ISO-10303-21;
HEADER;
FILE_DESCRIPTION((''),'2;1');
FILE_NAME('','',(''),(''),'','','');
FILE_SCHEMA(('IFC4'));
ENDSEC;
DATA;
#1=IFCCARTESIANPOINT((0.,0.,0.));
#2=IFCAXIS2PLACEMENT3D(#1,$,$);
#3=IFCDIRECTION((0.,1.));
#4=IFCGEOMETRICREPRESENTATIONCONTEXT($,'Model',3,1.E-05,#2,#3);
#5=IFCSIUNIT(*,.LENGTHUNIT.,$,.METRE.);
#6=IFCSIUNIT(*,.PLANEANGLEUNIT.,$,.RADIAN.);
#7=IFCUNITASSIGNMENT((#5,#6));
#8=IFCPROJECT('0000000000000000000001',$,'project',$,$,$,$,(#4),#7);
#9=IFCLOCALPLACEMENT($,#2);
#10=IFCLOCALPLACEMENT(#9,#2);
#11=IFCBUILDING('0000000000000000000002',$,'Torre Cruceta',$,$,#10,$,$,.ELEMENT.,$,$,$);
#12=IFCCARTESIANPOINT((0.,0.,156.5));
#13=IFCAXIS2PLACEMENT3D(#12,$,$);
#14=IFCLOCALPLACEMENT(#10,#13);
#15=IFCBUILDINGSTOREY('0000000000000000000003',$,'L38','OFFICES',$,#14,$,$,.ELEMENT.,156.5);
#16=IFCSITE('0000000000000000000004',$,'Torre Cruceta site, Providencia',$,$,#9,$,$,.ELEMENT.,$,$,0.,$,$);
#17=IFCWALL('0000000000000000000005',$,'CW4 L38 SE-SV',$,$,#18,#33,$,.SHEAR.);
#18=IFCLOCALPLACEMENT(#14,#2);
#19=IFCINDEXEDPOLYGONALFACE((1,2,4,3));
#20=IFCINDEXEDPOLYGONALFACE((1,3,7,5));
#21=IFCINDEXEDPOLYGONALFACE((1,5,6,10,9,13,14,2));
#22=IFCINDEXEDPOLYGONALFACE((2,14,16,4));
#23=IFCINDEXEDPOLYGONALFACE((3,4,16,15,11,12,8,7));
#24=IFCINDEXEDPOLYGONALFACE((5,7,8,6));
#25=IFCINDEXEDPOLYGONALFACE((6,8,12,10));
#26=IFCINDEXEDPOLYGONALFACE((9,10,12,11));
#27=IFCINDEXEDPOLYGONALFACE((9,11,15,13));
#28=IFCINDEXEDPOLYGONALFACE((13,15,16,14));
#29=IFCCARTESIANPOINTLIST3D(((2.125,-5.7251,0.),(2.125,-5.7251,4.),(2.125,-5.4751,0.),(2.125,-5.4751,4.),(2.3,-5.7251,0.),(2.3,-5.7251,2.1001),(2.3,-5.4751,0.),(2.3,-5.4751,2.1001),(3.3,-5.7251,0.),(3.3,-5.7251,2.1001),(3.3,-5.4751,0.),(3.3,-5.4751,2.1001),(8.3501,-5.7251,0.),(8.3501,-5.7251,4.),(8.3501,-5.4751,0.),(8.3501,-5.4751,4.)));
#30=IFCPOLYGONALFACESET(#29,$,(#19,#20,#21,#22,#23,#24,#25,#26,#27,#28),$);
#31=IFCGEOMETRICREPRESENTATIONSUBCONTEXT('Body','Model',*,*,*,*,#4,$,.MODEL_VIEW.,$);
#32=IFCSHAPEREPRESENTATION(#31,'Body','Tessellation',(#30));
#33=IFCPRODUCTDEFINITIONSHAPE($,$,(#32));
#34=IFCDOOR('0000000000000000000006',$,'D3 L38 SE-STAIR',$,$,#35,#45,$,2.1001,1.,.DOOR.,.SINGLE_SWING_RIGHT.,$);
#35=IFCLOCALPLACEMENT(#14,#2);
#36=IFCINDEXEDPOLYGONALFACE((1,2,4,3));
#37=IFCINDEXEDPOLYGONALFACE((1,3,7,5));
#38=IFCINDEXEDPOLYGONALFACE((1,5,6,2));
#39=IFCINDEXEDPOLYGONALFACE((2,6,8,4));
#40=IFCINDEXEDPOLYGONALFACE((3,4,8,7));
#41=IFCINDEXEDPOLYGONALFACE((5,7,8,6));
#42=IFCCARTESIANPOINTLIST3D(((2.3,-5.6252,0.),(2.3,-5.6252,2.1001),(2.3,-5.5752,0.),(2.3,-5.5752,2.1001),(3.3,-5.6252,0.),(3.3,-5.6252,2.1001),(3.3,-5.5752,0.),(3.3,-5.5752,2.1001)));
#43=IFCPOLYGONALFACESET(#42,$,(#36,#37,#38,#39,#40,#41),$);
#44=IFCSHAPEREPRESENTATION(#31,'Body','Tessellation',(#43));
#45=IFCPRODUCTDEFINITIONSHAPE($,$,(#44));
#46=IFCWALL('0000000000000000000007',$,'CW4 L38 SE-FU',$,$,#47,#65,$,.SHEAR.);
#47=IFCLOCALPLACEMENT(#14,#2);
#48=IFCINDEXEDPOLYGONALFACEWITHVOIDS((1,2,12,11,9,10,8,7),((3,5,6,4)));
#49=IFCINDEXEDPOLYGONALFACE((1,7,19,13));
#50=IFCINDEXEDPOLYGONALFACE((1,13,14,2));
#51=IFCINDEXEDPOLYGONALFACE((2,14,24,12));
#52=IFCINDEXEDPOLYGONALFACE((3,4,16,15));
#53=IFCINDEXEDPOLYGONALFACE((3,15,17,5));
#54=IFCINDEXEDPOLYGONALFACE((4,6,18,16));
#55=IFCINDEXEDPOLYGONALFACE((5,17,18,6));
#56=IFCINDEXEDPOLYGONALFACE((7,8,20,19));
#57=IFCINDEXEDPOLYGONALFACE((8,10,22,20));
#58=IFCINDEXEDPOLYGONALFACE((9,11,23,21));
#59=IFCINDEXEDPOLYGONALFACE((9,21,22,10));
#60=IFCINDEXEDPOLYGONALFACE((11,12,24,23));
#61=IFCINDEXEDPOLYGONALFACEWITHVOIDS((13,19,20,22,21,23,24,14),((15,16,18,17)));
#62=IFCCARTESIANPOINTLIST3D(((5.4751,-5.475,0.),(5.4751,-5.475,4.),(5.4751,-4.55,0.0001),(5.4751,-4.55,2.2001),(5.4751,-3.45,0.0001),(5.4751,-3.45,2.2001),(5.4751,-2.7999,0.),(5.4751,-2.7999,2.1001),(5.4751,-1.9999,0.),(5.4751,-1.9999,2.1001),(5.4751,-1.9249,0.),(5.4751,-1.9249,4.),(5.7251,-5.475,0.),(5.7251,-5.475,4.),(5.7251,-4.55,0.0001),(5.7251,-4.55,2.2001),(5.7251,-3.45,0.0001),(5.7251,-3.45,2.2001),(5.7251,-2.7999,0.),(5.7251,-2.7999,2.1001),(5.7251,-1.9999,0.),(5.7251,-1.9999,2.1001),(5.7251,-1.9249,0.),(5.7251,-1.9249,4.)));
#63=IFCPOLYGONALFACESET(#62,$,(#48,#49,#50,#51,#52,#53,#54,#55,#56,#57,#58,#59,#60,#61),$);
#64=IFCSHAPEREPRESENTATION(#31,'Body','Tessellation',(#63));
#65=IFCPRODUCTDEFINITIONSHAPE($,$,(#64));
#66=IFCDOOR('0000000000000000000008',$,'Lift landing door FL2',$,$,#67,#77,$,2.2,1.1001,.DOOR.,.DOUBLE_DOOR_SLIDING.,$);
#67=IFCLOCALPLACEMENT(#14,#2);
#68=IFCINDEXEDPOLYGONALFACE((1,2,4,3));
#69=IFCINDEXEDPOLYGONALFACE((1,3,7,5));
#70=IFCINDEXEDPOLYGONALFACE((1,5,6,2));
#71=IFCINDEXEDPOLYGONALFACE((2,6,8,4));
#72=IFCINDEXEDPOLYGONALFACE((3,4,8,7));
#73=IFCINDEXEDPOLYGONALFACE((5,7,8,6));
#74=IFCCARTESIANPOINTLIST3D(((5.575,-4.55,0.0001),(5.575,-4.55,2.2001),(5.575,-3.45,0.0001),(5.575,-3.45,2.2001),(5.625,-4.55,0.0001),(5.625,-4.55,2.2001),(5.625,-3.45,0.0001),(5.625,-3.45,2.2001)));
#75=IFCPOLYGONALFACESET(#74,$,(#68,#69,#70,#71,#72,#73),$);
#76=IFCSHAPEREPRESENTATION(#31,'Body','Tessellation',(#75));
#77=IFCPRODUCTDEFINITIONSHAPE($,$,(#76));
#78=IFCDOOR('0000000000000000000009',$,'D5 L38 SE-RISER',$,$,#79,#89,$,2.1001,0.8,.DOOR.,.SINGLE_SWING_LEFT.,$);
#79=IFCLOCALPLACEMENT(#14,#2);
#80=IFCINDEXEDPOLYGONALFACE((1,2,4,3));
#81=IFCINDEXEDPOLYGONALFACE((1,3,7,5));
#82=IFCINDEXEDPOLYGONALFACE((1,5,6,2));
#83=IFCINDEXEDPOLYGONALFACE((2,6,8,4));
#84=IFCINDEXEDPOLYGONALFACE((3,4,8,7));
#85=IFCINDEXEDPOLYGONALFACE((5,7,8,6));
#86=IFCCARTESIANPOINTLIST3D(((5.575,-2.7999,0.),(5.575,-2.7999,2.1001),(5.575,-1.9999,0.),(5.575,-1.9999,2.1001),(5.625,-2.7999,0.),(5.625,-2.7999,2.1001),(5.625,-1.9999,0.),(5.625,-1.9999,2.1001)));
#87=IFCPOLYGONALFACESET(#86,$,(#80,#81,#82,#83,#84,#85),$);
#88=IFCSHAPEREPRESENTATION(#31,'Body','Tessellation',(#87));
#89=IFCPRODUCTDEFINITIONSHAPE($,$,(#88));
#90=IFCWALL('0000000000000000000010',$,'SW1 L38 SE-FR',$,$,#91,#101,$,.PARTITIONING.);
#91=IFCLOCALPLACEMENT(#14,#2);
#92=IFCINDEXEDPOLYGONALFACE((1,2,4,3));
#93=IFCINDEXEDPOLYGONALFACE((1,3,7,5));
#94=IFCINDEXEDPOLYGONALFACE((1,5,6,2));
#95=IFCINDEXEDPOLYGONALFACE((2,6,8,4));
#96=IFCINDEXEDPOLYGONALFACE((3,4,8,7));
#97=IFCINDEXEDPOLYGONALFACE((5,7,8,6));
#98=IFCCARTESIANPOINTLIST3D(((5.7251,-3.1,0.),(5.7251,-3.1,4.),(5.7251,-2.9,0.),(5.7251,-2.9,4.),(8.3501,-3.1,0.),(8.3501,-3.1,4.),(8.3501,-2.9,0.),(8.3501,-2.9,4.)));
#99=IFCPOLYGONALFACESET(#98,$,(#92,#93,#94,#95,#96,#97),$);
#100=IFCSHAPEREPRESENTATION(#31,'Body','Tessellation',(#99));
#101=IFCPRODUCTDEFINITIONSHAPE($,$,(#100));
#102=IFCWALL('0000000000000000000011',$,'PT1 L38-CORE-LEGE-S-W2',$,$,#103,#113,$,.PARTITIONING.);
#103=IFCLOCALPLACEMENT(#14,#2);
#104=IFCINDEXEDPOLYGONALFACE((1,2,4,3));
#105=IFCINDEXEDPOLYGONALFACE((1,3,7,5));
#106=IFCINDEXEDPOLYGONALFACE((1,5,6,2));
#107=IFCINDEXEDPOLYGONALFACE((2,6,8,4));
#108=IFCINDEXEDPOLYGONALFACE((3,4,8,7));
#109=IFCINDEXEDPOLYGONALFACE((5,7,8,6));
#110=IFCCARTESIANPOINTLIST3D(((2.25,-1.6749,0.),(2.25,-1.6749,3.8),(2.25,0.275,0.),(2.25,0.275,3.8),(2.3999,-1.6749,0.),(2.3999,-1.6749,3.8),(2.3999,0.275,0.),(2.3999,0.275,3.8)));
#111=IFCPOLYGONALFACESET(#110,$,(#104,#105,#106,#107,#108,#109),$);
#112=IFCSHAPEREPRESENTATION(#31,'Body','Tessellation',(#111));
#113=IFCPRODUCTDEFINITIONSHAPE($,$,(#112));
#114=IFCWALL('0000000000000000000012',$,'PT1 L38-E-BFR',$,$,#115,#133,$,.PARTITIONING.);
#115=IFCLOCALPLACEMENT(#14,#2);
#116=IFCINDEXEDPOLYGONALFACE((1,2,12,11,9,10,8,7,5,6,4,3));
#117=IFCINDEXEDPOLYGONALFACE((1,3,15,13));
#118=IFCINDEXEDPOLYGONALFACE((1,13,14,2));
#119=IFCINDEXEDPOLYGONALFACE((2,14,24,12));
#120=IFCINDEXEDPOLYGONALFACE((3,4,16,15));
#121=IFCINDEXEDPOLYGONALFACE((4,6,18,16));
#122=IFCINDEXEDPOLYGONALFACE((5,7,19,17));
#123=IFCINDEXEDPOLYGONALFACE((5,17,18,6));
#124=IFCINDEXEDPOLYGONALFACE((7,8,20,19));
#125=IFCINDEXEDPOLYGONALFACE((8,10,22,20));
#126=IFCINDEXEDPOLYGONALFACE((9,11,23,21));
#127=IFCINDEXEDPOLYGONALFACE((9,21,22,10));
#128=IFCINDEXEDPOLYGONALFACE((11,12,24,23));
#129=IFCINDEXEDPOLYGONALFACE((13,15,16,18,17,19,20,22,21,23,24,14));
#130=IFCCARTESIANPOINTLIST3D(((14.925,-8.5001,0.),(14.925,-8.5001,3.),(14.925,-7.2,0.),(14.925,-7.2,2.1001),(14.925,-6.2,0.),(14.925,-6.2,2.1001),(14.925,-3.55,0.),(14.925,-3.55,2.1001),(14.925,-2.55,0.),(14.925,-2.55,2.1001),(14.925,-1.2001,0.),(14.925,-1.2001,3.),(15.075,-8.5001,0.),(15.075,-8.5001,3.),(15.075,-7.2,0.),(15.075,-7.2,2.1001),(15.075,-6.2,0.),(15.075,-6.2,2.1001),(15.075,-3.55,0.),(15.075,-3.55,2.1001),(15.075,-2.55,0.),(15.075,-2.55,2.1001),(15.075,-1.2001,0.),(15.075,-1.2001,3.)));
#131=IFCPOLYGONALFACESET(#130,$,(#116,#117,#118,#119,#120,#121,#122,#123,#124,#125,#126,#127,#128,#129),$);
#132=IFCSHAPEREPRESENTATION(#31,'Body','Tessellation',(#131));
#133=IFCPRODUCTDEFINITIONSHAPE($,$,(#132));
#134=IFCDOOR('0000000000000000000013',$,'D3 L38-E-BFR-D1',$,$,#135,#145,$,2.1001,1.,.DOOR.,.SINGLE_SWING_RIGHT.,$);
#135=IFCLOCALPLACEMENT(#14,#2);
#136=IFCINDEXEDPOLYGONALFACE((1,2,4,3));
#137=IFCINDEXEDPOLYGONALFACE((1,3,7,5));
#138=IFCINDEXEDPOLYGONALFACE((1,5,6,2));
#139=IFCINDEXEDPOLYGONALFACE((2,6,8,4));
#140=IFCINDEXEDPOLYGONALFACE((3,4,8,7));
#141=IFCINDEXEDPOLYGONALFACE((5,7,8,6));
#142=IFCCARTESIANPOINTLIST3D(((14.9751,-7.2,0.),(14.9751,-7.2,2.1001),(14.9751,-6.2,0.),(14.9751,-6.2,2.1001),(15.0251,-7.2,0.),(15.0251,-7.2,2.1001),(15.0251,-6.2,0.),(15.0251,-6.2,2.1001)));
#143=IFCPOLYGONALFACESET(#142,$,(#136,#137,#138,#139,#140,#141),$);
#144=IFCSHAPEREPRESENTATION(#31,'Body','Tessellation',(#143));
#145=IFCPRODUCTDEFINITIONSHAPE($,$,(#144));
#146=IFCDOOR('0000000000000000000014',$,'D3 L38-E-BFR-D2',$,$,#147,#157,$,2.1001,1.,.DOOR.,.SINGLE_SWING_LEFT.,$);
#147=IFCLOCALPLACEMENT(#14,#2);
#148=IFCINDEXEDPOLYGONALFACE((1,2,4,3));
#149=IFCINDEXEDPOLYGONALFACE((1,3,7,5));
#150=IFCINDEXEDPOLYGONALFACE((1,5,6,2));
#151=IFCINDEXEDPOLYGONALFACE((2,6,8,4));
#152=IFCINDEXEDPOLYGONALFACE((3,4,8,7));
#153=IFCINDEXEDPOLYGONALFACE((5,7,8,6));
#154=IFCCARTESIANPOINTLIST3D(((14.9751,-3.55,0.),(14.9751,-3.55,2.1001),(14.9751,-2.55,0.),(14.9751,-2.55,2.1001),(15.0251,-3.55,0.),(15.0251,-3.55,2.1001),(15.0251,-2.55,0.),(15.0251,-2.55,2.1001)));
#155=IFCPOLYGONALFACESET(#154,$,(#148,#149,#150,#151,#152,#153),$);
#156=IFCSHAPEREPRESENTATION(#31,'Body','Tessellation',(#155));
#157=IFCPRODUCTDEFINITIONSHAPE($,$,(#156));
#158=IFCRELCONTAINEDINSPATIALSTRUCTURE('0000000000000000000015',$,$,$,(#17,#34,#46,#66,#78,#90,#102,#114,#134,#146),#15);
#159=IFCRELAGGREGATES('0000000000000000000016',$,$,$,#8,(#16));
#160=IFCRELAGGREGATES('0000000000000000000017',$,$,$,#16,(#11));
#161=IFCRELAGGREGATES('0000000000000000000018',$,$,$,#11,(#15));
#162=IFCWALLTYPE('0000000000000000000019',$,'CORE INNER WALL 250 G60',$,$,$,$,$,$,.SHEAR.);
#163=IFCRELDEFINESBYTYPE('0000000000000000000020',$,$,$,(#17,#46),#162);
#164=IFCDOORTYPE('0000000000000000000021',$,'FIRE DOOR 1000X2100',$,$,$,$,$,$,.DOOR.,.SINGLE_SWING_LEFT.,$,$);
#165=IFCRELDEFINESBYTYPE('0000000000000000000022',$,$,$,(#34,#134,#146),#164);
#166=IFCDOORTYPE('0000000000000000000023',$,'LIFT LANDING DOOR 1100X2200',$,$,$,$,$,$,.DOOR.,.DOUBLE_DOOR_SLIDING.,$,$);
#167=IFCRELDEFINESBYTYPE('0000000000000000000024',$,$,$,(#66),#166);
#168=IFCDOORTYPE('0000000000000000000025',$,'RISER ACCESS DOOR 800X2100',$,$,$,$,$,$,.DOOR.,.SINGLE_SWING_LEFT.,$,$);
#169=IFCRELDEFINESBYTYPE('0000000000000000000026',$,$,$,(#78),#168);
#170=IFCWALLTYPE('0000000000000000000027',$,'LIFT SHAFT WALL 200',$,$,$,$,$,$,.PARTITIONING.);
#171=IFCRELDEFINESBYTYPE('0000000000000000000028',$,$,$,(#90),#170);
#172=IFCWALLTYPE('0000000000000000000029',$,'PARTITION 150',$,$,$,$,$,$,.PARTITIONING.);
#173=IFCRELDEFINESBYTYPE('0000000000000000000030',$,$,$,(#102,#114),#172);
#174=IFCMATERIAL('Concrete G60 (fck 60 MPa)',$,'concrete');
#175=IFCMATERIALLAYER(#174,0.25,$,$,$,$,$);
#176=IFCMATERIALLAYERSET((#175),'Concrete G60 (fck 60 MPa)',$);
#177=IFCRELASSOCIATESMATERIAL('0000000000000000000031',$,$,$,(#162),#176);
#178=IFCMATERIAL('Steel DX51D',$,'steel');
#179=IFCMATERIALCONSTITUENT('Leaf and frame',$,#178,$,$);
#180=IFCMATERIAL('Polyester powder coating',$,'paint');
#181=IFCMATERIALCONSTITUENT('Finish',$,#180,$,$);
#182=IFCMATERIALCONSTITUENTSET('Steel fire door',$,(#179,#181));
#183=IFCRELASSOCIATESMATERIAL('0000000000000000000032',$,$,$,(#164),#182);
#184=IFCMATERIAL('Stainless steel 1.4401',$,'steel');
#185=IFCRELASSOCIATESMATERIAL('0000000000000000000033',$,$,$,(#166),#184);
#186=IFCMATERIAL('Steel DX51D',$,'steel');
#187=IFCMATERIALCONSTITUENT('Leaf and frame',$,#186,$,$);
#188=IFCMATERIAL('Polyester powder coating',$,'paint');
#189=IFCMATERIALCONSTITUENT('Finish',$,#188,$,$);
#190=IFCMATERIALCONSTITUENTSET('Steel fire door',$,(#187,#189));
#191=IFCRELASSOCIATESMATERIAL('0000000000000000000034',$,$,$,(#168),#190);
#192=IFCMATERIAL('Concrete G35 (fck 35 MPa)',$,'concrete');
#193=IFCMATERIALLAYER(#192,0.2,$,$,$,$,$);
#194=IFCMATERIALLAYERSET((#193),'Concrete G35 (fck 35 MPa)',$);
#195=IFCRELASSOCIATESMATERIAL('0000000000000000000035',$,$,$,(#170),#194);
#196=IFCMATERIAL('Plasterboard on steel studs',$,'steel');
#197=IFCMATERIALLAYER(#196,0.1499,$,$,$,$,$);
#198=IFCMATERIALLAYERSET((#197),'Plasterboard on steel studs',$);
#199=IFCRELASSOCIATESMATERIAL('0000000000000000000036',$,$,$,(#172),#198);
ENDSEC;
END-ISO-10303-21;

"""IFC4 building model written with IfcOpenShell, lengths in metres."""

from ifc_helpers import new_model, si_unit, direction, frame, frame_2d, origin, place, context, subcontext, project, spatial, rectangle, extrude, material, layer, layer_set, constituent, constituent_set, type_object, element, fill, save


model = new_model("IFC4")

# Units and contexts
model_context = context("Model", 3, precision=1e-05, world=origin(), true_north=direction((0.0, 1.0)))
body_context = subcontext(model_context, "Body", "Model", "MODEL_VIEW")
ifc_project = project(units=[si_unit("LENGTHUNIT", "METRE"), si_unit("PLANEANGLEUNIT", "RADIAN")], contexts=[model_context])

# Site, building, storey
site_placement = place(None, origin())
site = spatial("IfcSite", under=ifc_project, at=site_placement, Name="Torre Cruceta site, Providencia", CompositionType="ELEMENT", RefElevation=0.0)
building_placement = place(site_placement, origin())
building = spatial("IfcBuilding", under=site, at=building_placement, Name="Torre Cruceta", CompositionType="ELEMENT")
storey_placement = place(building_placement, frame((0.0, 0.0, 156.5)))
storey = spatial("IfcBuildingStorey", under=building, at=storey_placement, Name="L38", Description="OFFICES", CompositionType="ELEMENT", Elevation=156.5)

# Shared definitions
ifc_material_1 = material(Name="Concrete G60 (fck 60 MPa)", Category="concrete")
ifc_layer_1 = layer(ifc_material_1, 0.25)
ifc_layer_set_1 = layer_set([ifc_layer_1], Name="Concrete G60 (fck 60 MPa)")
wall_type_1 = type_object("IfcWallType", Name="CORE INNER WALL 250 G60", PredefinedType="SHEAR", material=ifc_layer_set_1)
ifc_material_2 = material(Name="Steel DX51D", Category="steel")
ifc_constituent_1 = constituent(ifc_material_2, Name="Leaf and frame")
ifc_material_3 = material(Name="Polyester powder coating", Category="paint")
ifc_constituent_2 = constituent(ifc_material_3, Name="Finish")
ifc_constituent_set_1 = constituent_set(constituents=[ifc_constituent_1, ifc_constituent_2], Name="Steel fire door")
door_type_1 = type_object("IfcDoorType", Name="FIRE DOOR 1000X2100", OperationType="SINGLE_SWING_LEFT", PredefinedType="DOOR", material=ifc_constituent_set_1)

# Wall, opening, door
wall_1_placement = place(storey_placement, frame((2.125, -5.6001, 0.0), z_axis=(0.0, 0.0, 1.0), x_axis=(1.0, 0.0, 0.0)))
wall_1 = element("IfcWall", 1, at=wall_1_placement, inside=storey, type_object=wall_type_1, Name="CW4 L38 SE-SV", PredefinedType="SHEAR", context=body_context, shape_type="SweptSolid", body=[
    extrude(rectangle(XDim=6.2251, YDim=0.25, at=frame_2d((3.1125, 0.0))), origin(), (0.0, 0.0, 1.0), 4.0),
])
opening_1_placement = place(wall_1_placement, frame((0.175, 0.0, 0.0)))
opening_1 = element("IfcOpeningElement", 2, at=opening_1_placement, cuts=wall_1, PredefinedType="OPENING", context=body_context, shape_type="SweptSolid", body=[
    extrude(rectangle(XDim=1.0, YDim=2.1001, at=frame_2d((0.5, 1.05))), frame((0.0, 0.135, 0.0), z_axis=(0.0, -1.0, 0.0), x_axis=(1.0, 0.0, 0.0)), (0.0, 0.0, 1.0), 0.27),
])
door_1_placement = place(opening_1_placement, frame((1.0, 0.0, 0.0), z_axis=(0.0, 0.0, 1.0), x_axis=(-1.0, 0.0, 0.0)))
door_1 = element("IfcDoor", 3, at=door_1_placement, inside=storey, type_object=door_type_1, Name="D3 L38 SE-STAIR", OperationType="SINGLE_SWING_RIGHT", OverallHeight=2.1001, OverallWidth=1.0, PredefinedType="DOOR", context=body_context, shape_type="SweptSolid", body=[
    extrude(rectangle(XDim=1.0, YDim=2.1001, at=frame_2d((0.5, 1.05))), frame((0.0, 0.0251, 0.0), z_axis=(0.0, -1.0, 0.0), x_axis=(1.0, 0.0, 0.0)), (0.0, 0.0, 1.0), 0.05),
])
fill(opening_1, door_1)

# Wall, openings, doors
wall_2_placement = place(storey_placement, frame((5.6001, -1.925, 0.0), z_axis=(0.0, 0.0, 1.0), x_axis=(0.0, -1.0, 0.0)))
wall_2 = element("IfcWall", 4, at=wall_2_placement, inside=storey, type_object=wall_type_1, Name="CW4 L38 SE-FU", PredefinedType="SHEAR", context=body_context, shape_type="SweptSolid", body=[
    extrude(rectangle(XDim=3.55, YDim=0.25, at=frame_2d((1.7749, 0.0))), origin(), (0.0, 0.0, 1.0), 4.0),
])
opening_2_placement = place(wall_2_placement, frame((1.5249, 0.0, 0.0)))
opening_2 = element("IfcOpeningElement", 5, at=opening_2_placement, cuts=wall_2, PredefinedType="OPENING", context=body_context, shape_type="SweptSolid", body=[
    extrude(rectangle(XDim=1.1001, YDim=2.2, at=frame_2d((0.55, 1.1001))), frame((0.0, 0.135, 0.0), z_axis=(0.0, -1.0, 0.0), x_axis=(1.0, 0.0, 0.0)), (0.0, 0.0, 1.0), 0.27),
])
opening_3_placement = place(wall_2_placement, frame((0.075, 0.0, 0.0)))
opening_3 = element("IfcOpeningElement", 6, at=opening_3_placement, cuts=wall_2, PredefinedType="OPENING", context=body_context, shape_type="SweptSolid", body=[
    extrude(rectangle(XDim=0.8, YDim=2.1001, at=frame_2d((0.3999, 1.05))), frame((0.0, 0.135, 0.0), z_axis=(0.0, -1.0, 0.0), x_axis=(1.0, 0.0, 0.0)), (0.0, 0.0, 1.0), 0.27),
])
ifc_material_4 = material(Name="Stainless steel 1.4401", Category="steel")
door_type_2 = type_object("IfcDoorType", Name="LIFT LANDING DOOR 1100X2200", OperationType="DOUBLE_DOOR_SLIDING", PredefinedType="DOOR", material=ifc_material_4)
door_2_placement = place(opening_2_placement, origin())
door_2 = element("IfcDoor", 7, at=door_2_placement, inside=storey, type_object=door_type_2, Name="Lift landing door FL2", OperationType="DOUBLE_DOOR_SLIDING", OverallHeight=2.2, OverallWidth=1.1001, PredefinedType="DOOR", context=body_context, shape_type="SweptSolid", body=[
    extrude(rectangle(XDim=1.1001, YDim=2.2, at=frame_2d((0.55, 1.1001))), frame((0.0, 0.0249, 0.0), z_axis=(0.0, -1.0, 0.0), x_axis=(1.0, 0.0, 0.0)), (0.0, 0.0, 1.0), 0.05),
])
fill(opening_2, door_2)
ifc_material_5 = material(Name="Steel DX51D", Category="steel")
ifc_constituent_3 = constituent(ifc_material_5, Name="Leaf and frame")
ifc_material_6 = material(Name="Polyester powder coating", Category="paint")
ifc_constituent_4 = constituent(ifc_material_6, Name="Finish")
ifc_constituent_set_2 = constituent_set(constituents=[ifc_constituent_3, ifc_constituent_4], Name="Steel fire door")
door_type_3 = type_object("IfcDoorType", Name="RISER ACCESS DOOR 800X2100", OperationType="SINGLE_SWING_LEFT", PredefinedType="DOOR", material=ifc_constituent_set_2)
door_3_placement = place(opening_3_placement, origin())
door_3 = element("IfcDoor", 8, at=door_3_placement, inside=storey, type_object=door_type_3, Name="D5 L38 SE-RISER", OperationType="SINGLE_SWING_LEFT", OverallHeight=2.1001, OverallWidth=0.8, PredefinedType="DOOR", context=body_context, shape_type="SweptSolid", body=[
    extrude(rectangle(XDim=0.8, YDim=2.1001, at=frame_2d((0.3999, 1.05))), frame((0.0, 0.0249, 0.0), z_axis=(0.0, -1.0, 0.0), x_axis=(1.0, 0.0, 0.0)), (0.0, 0.0, 1.0), 0.05),
])
fill(opening_3, door_3)

# Walls
ifc_material_7 = material(Name="Concrete G35 (fck 35 MPa)", Category="concrete")
ifc_layer_2 = layer(ifc_material_7, 0.2)
ifc_layer_set_2 = layer_set([ifc_layer_2], Name="Concrete G35 (fck 35 MPa)")
wall_type_2 = type_object("IfcWallType", Name="LIFT SHAFT WALL 200", PredefinedType="PARTITIONING", material=ifc_layer_set_2)
wall_3_placement = place(storey_placement, frame((5.7251, -3.0, 0.0), z_axis=(0.0, 0.0, 1.0), x_axis=(1.0, 0.0, 0.0)))
element("IfcWall", 9, at=wall_3_placement, inside=storey, type_object=wall_type_2, Name="SW1 L38 SE-FR", PredefinedType="PARTITIONING", context=body_context, shape_type="SweptSolid", body=[
    extrude(rectangle(XDim=2.625, YDim=0.2, at=frame_2d((1.3125, 0.0))), origin(), (0.0, 0.0, 1.0), 4.0),
])
ifc_material_8 = material(Name="Plasterboard on steel studs", Category="steel")
ifc_layer_3 = layer(ifc_material_8, 0.1499)
ifc_layer_set_3 = layer_set([ifc_layer_3], Name="Plasterboard on steel studs")
wall_type_3 = type_object("IfcWallType", Name="PARTITION 150", PredefinedType="PARTITIONING", material=ifc_layer_set_3)
wall_4_placement = place(storey_placement, frame((2.325, -1.675, 0.0), z_axis=(0.0, 0.0, 1.0), x_axis=(0.0, 1.0, 0.0)))
element("IfcWall", 10, at=wall_4_placement, inside=storey, type_object=wall_type_3, Name="PT1 L38-CORE-LEGE-S-W2", PredefinedType="PARTITIONING", context=body_context, shape_type="SweptSolid", body=[
    extrude(rectangle(XDim=1.95, YDim=0.1499, at=frame_2d((0.9751, 0.0))), origin(), (0.0, 0.0, 1.0), 3.8),
])

# Wall, openings, doors
wall_5_placement = place(storey_placement, frame((15.0, -8.5, 0.0), z_axis=(0.0, 0.0, 1.0), x_axis=(0.0, 1.0, 0.0)))
wall_5 = element("IfcWall", 11, at=wall_5_placement, inside=storey, type_object=wall_type_3, Name="PT1 L38-E-BFR", PredefinedType="PARTITIONING", context=body_context, shape_type="SweptSolid", body=[
    extrude(rectangle(XDim=7.3, YDim=0.1499, at=frame_2d((3.6499, 0.0))), origin(), (0.0, 0.0, 1.0), 3.0),
])
opening_4_placement = place(wall_5_placement, frame((1.3, 0.0, 0.0)))
opening_4 = element("IfcOpeningElement", 12, at=opening_4_placement, cuts=wall_5, PredefinedType="OPENING", context=body_context, shape_type="SweptSolid", body=[
    extrude(rectangle(XDim=1.0, YDim=2.1001, at=frame_2d((0.5, 1.05))), frame((0.0, 0.085, 0.0), z_axis=(0.0, -1.0, 0.0), x_axis=(1.0, 0.0, 0.0)), (0.0, 0.0, 1.0), 0.1699),
])
opening_5_placement = place(wall_5_placement, frame((4.95, 0.0, 0.0)))
opening_5 = element("IfcOpeningElement", 13, at=opening_5_placement, cuts=wall_5, PredefinedType="OPENING", context=body_context, shape_type="SweptSolid", body=[
    extrude(rectangle(XDim=1.0, YDim=2.1001, at=frame_2d((0.5, 1.05))), frame((0.0, 0.085, 0.0), z_axis=(0.0, -1.0, 0.0), x_axis=(1.0, 0.0, 0.0)), (0.0, 0.0, 1.0), 0.1699),
])
door_4_placement = place(opening_4_placement, origin())
door_4 = element("IfcDoor", 14, at=door_4_placement, inside=storey, type_object=door_type_1, Name="D3 L38-E-BFR-D1", OperationType="SINGLE_SWING_RIGHT", OverallHeight=2.1001, OverallWidth=1.0, PredefinedType="DOOR", context=body_context, shape_type="SweptSolid", body=[
    extrude(rectangle(XDim=1.0, YDim=2.1001, at=frame_2d((0.5, 1.05))), frame((0.0, 0.0249, 0.0), z_axis=(0.0, -1.0, 0.0), x_axis=(1.0, 0.0, 0.0)), (0.0, 0.0, 1.0), 0.05),
])
fill(opening_4, door_4)
door_5_placement = place(opening_5_placement, origin())
door_5 = element("IfcDoor", 15, at=door_5_placement, inside=storey, type_object=door_type_1, Name="D3 L38-E-BFR-D2", OperationType="SINGLE_SWING_LEFT", OverallHeight=2.1001, OverallWidth=1.0, PredefinedType="DOOR", context=body_context, shape_type="SweptSolid", body=[
    extrude(rectangle(XDim=1.0, YDim=2.1001, at=frame_2d((0.5, 1.05))), frame((0.0, 0.0249, 0.0), z_axis=(0.0, -1.0, 0.0), x_axis=(1.0, 0.0, 0.0)), (0.0, 0.0, 1.0), 0.05),
])
fill(opening_5, door_5)

save(model, "model.ifc")
